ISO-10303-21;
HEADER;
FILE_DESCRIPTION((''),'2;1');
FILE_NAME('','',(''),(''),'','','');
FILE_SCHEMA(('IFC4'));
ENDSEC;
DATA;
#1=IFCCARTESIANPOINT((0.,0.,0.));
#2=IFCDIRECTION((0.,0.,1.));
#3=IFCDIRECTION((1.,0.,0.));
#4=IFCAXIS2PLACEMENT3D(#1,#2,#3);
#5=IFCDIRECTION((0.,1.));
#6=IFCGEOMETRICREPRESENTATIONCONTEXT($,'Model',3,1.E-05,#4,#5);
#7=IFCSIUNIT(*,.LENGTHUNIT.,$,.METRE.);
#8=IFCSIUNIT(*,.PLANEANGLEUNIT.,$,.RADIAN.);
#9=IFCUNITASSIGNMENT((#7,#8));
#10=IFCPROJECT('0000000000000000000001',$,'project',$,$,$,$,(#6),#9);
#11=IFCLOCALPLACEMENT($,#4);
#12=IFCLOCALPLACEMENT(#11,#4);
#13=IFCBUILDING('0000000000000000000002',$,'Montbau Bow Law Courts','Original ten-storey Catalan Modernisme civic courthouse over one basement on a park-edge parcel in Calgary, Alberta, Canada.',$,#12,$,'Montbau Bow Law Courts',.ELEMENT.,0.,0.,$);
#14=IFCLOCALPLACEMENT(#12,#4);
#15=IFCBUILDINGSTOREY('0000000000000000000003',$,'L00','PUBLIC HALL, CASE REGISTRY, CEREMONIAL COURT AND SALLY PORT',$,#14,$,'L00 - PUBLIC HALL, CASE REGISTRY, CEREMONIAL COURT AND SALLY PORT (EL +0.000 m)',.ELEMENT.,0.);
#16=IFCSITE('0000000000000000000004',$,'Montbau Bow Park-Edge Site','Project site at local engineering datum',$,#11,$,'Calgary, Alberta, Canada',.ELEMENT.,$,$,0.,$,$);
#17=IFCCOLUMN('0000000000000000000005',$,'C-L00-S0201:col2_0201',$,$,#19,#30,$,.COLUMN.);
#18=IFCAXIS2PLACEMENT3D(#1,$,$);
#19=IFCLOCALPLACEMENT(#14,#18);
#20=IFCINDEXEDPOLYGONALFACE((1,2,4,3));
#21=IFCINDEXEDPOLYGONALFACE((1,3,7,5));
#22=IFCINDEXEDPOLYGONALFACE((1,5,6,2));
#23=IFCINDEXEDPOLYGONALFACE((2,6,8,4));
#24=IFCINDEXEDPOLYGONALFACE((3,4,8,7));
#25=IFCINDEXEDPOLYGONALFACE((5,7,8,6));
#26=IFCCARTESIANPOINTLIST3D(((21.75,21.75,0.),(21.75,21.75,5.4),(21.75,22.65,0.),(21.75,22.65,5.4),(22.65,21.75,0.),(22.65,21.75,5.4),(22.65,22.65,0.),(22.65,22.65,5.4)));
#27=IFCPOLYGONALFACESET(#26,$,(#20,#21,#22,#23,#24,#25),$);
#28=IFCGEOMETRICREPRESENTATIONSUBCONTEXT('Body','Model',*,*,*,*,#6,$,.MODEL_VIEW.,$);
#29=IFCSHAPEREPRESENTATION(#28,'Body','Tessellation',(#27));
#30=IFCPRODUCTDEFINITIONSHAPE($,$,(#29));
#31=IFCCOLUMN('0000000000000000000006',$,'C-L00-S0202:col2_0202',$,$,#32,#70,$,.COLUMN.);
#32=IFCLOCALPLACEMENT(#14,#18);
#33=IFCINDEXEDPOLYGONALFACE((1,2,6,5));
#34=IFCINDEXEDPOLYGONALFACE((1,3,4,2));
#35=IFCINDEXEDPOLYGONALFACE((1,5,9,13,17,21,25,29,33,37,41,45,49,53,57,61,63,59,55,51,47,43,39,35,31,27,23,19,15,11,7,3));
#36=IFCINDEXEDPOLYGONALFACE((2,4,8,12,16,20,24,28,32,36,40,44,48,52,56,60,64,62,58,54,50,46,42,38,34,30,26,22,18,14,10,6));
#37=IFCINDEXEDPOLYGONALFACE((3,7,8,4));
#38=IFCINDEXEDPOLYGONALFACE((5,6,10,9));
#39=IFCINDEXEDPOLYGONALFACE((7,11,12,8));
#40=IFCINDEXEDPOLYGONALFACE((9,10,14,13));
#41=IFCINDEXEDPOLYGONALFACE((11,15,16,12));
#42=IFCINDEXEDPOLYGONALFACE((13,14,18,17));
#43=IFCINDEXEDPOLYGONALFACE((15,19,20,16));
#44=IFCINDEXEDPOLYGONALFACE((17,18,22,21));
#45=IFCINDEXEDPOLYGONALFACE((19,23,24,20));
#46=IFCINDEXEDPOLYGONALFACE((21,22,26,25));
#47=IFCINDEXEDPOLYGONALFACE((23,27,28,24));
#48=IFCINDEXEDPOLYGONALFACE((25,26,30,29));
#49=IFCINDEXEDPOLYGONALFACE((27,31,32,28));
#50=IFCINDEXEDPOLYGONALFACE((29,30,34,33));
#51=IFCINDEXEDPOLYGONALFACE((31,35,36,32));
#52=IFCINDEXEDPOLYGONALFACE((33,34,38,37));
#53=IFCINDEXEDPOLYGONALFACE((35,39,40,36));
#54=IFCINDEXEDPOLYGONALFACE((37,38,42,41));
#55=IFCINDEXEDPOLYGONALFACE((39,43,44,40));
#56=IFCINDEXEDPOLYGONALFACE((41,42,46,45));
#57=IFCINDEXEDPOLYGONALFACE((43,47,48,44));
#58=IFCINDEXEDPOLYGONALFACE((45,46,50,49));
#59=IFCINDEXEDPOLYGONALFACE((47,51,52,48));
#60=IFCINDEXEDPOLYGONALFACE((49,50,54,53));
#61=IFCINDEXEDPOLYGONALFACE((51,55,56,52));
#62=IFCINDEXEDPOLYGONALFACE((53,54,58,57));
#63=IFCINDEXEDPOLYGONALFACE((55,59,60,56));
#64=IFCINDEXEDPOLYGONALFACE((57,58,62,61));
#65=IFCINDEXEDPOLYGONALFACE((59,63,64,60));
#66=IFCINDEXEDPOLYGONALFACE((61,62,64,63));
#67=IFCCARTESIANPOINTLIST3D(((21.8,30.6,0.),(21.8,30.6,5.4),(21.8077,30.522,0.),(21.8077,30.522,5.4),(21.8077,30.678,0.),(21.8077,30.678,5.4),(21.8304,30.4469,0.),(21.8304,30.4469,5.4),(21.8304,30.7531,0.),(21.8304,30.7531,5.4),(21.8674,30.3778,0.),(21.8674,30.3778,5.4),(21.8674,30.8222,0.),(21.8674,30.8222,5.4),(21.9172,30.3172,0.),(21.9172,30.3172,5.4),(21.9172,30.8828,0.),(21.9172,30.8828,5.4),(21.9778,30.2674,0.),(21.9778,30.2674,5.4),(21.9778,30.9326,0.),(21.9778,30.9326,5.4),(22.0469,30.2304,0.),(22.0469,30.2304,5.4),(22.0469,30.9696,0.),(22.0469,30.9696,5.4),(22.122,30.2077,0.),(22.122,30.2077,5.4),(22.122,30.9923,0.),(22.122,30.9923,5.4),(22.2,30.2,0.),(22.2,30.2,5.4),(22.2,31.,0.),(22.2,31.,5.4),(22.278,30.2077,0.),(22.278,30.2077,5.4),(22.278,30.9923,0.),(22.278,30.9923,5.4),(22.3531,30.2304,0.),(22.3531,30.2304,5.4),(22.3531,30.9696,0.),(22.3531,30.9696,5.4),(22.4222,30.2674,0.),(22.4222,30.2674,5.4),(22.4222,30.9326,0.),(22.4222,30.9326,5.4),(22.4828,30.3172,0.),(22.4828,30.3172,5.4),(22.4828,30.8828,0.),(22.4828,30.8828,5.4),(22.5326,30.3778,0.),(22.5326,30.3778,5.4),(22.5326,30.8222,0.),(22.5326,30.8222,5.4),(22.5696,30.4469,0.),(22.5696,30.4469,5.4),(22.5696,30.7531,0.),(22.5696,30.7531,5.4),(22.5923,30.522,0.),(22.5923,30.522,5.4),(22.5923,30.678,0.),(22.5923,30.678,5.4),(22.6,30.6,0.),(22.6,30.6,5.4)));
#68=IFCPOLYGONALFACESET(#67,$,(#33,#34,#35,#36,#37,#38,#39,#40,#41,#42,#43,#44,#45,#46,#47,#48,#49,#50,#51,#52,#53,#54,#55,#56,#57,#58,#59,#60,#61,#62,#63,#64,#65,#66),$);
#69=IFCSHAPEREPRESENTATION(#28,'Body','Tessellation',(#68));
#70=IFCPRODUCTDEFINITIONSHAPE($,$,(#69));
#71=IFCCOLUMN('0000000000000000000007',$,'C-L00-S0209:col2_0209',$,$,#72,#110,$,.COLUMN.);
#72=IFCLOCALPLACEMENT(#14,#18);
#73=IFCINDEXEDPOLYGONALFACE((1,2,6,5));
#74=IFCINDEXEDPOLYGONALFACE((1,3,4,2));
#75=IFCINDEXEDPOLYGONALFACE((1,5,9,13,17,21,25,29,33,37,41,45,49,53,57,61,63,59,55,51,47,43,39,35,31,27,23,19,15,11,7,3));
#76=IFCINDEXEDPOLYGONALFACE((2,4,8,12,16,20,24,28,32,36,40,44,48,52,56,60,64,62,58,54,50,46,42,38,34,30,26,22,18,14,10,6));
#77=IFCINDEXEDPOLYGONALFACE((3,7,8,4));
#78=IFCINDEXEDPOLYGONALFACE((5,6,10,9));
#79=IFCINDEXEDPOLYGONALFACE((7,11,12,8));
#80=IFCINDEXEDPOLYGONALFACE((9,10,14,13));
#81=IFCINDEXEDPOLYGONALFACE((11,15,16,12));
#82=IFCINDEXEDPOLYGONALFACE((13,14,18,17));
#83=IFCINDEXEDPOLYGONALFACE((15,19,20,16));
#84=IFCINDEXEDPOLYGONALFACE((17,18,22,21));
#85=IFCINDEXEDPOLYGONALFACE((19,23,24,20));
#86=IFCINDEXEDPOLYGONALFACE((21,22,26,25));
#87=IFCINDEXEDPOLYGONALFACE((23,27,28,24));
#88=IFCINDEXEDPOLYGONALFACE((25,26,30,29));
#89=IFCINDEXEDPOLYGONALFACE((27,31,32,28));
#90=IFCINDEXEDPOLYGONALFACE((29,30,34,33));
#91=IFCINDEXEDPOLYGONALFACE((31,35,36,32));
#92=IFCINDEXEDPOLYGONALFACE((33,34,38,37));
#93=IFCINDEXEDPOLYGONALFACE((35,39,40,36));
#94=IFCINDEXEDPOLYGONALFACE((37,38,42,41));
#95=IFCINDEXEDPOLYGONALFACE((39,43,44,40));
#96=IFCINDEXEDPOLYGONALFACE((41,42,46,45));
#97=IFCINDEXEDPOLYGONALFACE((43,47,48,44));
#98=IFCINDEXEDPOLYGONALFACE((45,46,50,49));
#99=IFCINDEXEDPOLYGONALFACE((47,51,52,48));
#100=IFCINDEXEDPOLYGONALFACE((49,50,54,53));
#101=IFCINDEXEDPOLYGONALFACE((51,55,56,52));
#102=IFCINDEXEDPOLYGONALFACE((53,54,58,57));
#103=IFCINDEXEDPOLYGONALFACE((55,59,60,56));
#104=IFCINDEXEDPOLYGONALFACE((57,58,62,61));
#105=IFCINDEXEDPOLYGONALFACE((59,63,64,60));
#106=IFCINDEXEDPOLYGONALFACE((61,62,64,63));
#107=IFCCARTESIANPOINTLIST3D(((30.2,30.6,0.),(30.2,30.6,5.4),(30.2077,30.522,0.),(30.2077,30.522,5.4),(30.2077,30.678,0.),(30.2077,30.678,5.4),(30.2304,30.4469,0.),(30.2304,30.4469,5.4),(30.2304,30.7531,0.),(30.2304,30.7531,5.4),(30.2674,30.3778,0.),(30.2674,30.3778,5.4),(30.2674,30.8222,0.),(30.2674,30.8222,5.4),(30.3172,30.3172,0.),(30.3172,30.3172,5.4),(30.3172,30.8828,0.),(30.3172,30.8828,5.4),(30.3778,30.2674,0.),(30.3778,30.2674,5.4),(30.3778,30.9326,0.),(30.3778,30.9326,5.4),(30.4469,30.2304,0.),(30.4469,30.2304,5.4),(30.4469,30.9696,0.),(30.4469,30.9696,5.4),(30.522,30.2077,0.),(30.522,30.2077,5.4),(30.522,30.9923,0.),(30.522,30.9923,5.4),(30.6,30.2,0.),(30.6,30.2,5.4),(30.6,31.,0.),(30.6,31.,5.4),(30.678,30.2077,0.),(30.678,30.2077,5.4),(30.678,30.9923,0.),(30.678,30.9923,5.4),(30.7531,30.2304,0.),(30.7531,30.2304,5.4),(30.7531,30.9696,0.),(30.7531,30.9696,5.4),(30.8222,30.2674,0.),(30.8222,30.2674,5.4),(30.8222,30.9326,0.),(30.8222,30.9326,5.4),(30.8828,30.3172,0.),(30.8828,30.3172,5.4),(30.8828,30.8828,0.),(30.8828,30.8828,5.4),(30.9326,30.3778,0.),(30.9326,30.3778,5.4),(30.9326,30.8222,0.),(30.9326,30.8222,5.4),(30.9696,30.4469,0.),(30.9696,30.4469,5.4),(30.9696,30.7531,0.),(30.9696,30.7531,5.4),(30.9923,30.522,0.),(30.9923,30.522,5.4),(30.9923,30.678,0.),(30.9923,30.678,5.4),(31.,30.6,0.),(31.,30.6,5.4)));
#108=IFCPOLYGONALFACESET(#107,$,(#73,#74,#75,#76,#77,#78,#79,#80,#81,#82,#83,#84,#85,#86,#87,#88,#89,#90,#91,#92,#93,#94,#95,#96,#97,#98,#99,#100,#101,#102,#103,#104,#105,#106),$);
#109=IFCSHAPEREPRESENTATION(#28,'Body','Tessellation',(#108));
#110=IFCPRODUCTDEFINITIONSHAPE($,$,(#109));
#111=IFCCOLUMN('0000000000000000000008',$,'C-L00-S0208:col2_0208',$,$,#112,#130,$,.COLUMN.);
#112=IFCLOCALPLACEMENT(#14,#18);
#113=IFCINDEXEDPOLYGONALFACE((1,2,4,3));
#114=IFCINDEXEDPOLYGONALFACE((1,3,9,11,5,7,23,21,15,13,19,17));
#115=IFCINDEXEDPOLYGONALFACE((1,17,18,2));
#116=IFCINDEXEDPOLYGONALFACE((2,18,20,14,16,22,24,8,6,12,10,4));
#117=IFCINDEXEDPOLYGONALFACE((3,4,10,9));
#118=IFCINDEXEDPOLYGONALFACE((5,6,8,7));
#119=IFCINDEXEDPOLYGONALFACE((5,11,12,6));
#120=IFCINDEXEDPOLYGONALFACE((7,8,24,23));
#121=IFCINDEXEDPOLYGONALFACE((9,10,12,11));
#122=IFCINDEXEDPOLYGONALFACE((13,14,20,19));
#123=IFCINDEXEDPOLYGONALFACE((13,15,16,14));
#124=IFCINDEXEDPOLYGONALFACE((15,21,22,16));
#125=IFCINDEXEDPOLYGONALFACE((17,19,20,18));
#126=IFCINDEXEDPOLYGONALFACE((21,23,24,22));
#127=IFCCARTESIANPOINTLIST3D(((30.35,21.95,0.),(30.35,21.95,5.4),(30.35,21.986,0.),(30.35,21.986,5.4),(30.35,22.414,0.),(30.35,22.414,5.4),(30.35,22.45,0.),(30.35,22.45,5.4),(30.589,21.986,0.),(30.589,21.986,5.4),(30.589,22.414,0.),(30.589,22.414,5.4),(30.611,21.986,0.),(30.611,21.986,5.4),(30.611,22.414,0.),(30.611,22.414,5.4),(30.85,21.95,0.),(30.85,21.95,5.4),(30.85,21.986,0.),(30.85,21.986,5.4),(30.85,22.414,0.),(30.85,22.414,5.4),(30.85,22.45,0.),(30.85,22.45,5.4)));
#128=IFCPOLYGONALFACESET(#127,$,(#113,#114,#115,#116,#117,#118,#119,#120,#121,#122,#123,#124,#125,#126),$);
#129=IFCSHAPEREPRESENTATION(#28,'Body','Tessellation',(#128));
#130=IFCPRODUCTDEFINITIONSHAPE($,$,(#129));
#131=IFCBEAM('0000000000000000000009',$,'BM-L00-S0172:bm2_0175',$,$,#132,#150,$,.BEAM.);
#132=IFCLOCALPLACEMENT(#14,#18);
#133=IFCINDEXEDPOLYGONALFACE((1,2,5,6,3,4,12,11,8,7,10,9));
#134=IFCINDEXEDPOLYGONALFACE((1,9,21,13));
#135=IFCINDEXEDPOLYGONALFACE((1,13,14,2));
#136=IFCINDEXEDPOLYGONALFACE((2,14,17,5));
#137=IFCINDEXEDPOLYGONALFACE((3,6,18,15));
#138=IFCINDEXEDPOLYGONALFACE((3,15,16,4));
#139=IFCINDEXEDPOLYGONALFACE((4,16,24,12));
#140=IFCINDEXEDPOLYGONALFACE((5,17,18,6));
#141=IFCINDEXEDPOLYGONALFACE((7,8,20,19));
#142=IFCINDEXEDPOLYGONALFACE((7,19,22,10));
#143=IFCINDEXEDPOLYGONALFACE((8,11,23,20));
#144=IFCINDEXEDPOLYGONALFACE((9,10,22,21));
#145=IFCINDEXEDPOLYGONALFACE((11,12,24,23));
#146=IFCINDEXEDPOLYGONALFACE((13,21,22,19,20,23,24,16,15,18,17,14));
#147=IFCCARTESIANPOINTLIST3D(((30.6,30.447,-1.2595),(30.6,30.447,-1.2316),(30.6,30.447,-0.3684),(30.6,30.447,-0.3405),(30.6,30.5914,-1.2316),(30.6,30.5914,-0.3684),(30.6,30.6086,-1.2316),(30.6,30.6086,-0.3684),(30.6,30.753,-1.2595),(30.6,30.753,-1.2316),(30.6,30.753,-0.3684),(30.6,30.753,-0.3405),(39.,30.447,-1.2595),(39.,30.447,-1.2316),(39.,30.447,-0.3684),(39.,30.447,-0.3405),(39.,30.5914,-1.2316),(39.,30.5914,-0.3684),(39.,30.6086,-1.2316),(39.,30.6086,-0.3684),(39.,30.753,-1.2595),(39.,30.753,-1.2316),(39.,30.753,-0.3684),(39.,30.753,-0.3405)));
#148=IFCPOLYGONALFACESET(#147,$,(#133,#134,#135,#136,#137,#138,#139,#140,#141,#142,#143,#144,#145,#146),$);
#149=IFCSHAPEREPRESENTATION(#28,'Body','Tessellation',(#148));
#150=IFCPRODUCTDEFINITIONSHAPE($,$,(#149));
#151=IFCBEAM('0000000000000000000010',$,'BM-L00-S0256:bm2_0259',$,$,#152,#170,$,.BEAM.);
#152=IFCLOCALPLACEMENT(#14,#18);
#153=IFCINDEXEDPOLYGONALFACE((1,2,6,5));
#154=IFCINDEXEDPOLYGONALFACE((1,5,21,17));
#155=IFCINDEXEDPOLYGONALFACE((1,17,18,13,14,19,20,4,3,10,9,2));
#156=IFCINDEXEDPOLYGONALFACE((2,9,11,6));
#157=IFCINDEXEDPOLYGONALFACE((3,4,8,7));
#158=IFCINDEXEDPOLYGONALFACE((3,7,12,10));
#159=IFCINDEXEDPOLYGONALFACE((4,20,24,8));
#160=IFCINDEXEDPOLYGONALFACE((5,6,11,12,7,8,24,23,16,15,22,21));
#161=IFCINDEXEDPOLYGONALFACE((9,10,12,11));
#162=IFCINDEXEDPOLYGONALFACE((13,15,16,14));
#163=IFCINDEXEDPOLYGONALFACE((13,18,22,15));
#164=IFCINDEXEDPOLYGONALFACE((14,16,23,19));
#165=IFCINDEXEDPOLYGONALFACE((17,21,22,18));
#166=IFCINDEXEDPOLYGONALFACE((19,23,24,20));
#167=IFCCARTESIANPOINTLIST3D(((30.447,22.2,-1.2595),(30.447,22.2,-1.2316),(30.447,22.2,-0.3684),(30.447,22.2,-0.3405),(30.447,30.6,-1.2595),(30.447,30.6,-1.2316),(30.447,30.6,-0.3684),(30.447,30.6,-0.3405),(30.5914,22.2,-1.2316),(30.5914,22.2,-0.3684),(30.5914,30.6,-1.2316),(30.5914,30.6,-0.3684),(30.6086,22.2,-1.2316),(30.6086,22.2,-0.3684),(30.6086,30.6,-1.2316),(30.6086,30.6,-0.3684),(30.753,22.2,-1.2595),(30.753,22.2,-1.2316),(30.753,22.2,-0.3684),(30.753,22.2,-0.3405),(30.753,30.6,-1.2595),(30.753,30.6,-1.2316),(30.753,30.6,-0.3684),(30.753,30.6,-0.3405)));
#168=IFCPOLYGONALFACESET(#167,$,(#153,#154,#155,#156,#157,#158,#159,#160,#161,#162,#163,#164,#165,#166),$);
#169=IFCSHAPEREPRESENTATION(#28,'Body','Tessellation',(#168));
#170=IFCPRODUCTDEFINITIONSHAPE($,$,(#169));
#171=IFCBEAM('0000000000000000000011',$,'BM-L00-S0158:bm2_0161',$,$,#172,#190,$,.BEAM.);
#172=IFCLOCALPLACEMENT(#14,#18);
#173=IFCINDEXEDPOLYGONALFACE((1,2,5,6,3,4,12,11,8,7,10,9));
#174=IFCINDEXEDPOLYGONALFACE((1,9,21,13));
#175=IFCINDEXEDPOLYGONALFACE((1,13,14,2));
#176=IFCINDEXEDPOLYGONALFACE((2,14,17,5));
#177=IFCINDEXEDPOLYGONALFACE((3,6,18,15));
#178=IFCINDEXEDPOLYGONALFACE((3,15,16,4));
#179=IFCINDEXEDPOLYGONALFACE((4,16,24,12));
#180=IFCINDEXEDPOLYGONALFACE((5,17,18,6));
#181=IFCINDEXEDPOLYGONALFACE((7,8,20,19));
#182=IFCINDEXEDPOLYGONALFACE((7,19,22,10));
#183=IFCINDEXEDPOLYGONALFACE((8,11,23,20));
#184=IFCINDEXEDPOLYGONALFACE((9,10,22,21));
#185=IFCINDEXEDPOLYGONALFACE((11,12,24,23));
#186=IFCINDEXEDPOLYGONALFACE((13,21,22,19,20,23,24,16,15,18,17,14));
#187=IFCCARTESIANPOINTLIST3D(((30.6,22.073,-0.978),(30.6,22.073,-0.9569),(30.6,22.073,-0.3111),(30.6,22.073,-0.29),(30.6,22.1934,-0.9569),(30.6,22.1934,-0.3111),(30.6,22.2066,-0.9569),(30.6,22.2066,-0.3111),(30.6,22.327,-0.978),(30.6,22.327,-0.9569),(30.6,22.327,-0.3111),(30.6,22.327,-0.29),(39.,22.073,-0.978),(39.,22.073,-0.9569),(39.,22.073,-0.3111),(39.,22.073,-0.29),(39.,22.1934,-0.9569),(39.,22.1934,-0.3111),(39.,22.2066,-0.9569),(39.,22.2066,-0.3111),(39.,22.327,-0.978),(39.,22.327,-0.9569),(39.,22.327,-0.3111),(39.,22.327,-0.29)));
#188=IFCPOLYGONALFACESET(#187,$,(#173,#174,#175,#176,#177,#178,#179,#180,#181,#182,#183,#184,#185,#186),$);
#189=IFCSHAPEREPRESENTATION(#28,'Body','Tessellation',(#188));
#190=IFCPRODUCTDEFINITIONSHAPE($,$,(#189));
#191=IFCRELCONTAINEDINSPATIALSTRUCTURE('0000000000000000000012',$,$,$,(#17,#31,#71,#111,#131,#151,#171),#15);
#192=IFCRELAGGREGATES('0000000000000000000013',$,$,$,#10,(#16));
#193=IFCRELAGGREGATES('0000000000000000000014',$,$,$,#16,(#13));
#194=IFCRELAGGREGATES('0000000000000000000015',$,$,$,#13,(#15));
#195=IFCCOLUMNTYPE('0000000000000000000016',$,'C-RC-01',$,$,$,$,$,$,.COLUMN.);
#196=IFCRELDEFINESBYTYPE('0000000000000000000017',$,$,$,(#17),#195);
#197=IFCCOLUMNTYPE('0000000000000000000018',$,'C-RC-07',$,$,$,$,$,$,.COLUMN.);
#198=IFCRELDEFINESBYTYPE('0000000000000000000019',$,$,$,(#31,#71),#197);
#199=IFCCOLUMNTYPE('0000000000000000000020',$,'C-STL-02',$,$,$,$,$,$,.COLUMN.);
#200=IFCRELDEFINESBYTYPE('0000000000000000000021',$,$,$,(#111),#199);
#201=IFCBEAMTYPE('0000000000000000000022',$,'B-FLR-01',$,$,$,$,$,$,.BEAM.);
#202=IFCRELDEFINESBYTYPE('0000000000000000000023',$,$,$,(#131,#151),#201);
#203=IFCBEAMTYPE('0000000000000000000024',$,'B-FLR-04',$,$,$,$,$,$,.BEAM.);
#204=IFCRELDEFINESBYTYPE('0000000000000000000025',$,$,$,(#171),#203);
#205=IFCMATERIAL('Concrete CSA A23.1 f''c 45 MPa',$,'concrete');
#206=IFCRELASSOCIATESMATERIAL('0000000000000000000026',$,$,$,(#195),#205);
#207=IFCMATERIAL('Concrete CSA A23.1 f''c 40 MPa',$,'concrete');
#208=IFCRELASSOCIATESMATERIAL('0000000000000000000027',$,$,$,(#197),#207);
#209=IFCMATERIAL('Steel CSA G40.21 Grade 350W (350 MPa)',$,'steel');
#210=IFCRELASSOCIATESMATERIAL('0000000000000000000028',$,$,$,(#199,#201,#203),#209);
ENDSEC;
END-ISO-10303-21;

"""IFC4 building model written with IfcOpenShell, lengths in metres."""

from ifc_helpers import new_model, si_unit, direction, frame, origin_with_axes, origin_2d_with_axis, place, context, subcontext, project, spatial, rectangle, circle, i_section, extrude, material, material_profile, profile_set, type_object, element, save


model = new_model("IFC4")

# Units and contexts
model_context = context("Model", 3, precision=1e-05, world=origin_with_axes(), true_north=direction((0.0, 1.0)))
body_context = subcontext(model_context, "Body", "Model", "MODEL_VIEW")
ifc_project = project(units=[si_unit("LENGTHUNIT", "METRE"), si_unit("PLANEANGLEUNIT", "RADIAN")], contexts=[model_context])

# Site, building, storey
site_placement = place(None, origin_with_axes())
site = spatial("IfcSite", under=ifc_project, at=site_placement, Name="Montbau Bow Park-Edge Site", Description="Project site at local engineering datum", LongName="Calgary, Alberta, Canada", CompositionType="ELEMENT", RefElevation=0.0)
building_placement = place(site_placement, origin_with_axes())
building = spatial("IfcBuilding", under=site, at=building_placement, Name="Montbau Bow Law Courts", Description="Original ten-storey Catalan Modernisme civic courthouse over one basement on a park-edge parcel in Calgary, Alberta, Canada.", LongName="Montbau Bow Law Courts", CompositionType="ELEMENT", ElevationOfRefHeight=0.0, ElevationOfTerrain=0.0)
storey_placement = place(building_placement, origin_with_axes())
storey = spatial("IfcBuildingStorey", under=building, at=storey_placement, Name="L00", Description="PUBLIC HALL, CASE REGISTRY, CEREMONIAL COURT AND SALLY PORT", LongName="L00 - PUBLIC HALL, CASE REGISTRY, CEREMONIAL COURT AND SALLY PORT (EL +0.000 m)", CompositionType="ELEMENT", Elevation=0.0)

# Columns
ifc_material_1 = material(Name="Concrete CSA A23.1 f'c 45 MPa", Category="concrete")
ifc_material_profile_1 = material_profile(ifc_material_1, rectangle(XDim=0.9, YDim=0.9, at=origin_2d_with_axis()), Name="RC900X900", Category="Main", Priority=0)
ifc_profile_set_1 = profile_set([ifc_material_profile_1], Name="Concrete CSA A23.1 f'c 45 MPa")
column_type_1 = type_object("IfcColumnType", Name="C-RC-01", PredefinedType="COLUMN", material=ifc_profile_set_1)
column_1_placement = place(None, frame((22.2, 22.2, 0.0), z_axis=(0.0, 0.0, 1.0), x_axis=(1.0, 0.0, 0.0)))
element("IfcColumn", 1, at=column_1_placement, inside=storey, type_object=column_type_1, Name="C-L00-S0201:col2_0201", PredefinedType="COLUMN", context=body_context, shape_type="SweptSolid", body=[
    extrude(rectangle(XDim=0.9, YDim=0.9, at=origin_2d_with_axis()), origin_with_axes(), (0.0, 0.0, 1.0), 5.4),
])
ifc_material_2 = material(Name="Concrete CSA A23.1 f'c 40 MPa", Category="concrete")
ifc_material_profile_2 = material_profile(ifc_material_2, circle(Radius=0.4, at=origin_2d_with_axis()), Name="RC800D", Category="Main", Priority=0)
ifc_profile_set_2 = profile_set([ifc_material_profile_2], Name="Concrete CSA A23.1 f'c 40 MPa")
column_type_2 = type_object("IfcColumnType", Name="C-RC-07", PredefinedType="COLUMN", material=ifc_profile_set_2)
for number, where, z_axis, x_axis, name in (
    (2, (22.2, 30.6, 0.0), (0.0, 0.0, 1.0), (1.0, 0.0, 0.0), "C-L00-S0202:col2_0202"),
    (3, (30.6, 30.6, 0.0), (0.0, 0.0, 1.0), (1.0, 0.0, 0.0), "C-L00-S0209:col2_0209"),
):
    element("IfcColumn", number, at=place(None, frame(where, z_axis=z_axis, x_axis=x_axis)), inside=storey, type_object=column_type_2, Name=name, PredefinedType="COLUMN", context=body_context, shape_type="SweptSolid", body=[
        extrude(circle(Radius=0.4, at=origin_2d_with_axis()), origin_with_axes(), (0.0, 0.0, 1.0), 5.4),
    ])
ifc_material_3 = material(Name="Steel CSA G40.21 Grade 350W (350 MPa)", Category="steel")
ifc_material_profile_3 = material_profile(ifc_material_3, i_section(OverallWidth=0.5, OverallDepth=0.5, WebThickness=0.022, FlangeThickness=0.036, at=origin_2d_with_axis()), Name="WWF500X343", Category="Main", Priority=0)
ifc_profile_set_3 = profile_set([ifc_material_profile_3], Name="Steel CSA G40.21 Grade 350W (350 MPa)")
column_type_3 = type_object("IfcColumnType", Name="C-STL-02", PredefinedType="COLUMN", material=ifc_profile_set_3)
column_2_placement = place(None, frame((30.6, 22.2, 0.0), z_axis=(0.0, 0.0, 1.0), x_axis=(1.0, 0.0, 0.0)))
element("IfcColumn", 4, at=column_2_placement, inside=storey, type_object=column_type_3, Name="C-L00-S0208:col2_0208", PredefinedType="COLUMN", context=body_context, shape_type="SweptSolid", body=[
    extrude(i_section(OverallWidth=0.5, OverallDepth=0.5, WebThickness=0.022, FlangeThickness=0.036, at=origin_2d_with_axis()), origin_with_axes(), (0.0, 0.0, 1.0), 5.4),
])

# Beams
ifc_material_profile_4 = material_profile(ifc_material_3, i_section(OverallWidth=0.306, OverallDepth=0.919, WebThickness=0.0173, FlangeThickness=0.0279, at=origin_2d_with_axis()), Name="W920X253", Category="Main", Priority=0)
ifc_profile_set_4 = profile_set([ifc_material_profile_4], Name="Steel CSA G40.21 Grade 350W (350 MPa)")
beam_type_1 = type_object("IfcBeamType", Name="B-FLR-01", PredefinedType="BEAM", material=ifc_profile_set_4)
for number, where, z_axis, x_axis, name in (
    (5, (30.6, 30.6, -0.8), (1.0, 0.0, 0.0), (0.0, 1.0, 0.0), "BM-L00-S0172:bm2_0175"),
    (6, (30.6, 22.2, -0.8), (0.0, 1.0, 0.0), (-1.0, 0.0, 0.0), "BM-L00-S0256:bm2_0259"),
):
    element("IfcBeam", number, at=place(None, frame(where, z_axis=z_axis, x_axis=x_axis)), inside=storey, type_object=beam_type_1, Name=name, PredefinedType="BEAM", context=body_context, shape_type="SweptSolid", body=[
        extrude(i_section(OverallWidth=0.306, OverallDepth=0.919, WebThickness=0.0173, FlangeThickness=0.0279, at=origin_2d_with_axis()), origin_with_axes(), (0.0, 0.0, 1.0), 8.4),
    ])
ifc_material_profile_5 = material_profile(ifc_material_3, i_section(OverallWidth=0.254, OverallDepth=0.688, WebThickness=0.0131, FlangeThickness=0.0211, at=origin_2d_with_axis()), Name="W690X152", Category="Main", Priority=0)
ifc_profile_set_5 = profile_set([ifc_material_profile_5], Name="Steel CSA G40.21 Grade 350W (350 MPa)")
beam_type_2 = type_object("IfcBeamType", Name="B-FLR-04", PredefinedType="BEAM", material=ifc_profile_set_5)
beam_1_placement = place(None, frame((30.6, 22.2, -0.634), z_axis=(1.0, 0.0, 0.0), x_axis=(0.0, 1.0, 0.0)))
element("IfcBeam", 7, at=beam_1_placement, inside=storey, type_object=beam_type_2, Name="BM-L00-S0158:bm2_0161", PredefinedType="BEAM", context=body_context, shape_type="SweptSolid", body=[
    extrude(i_section(OverallWidth=0.254, OverallDepth=0.688, WebThickness=0.0131, FlangeThickness=0.0211, at=origin_2d_with_axis()), origin_with_axes(), (0.0, 0.0, 1.0), 8.4),
])

save(model, "model.ifc")
